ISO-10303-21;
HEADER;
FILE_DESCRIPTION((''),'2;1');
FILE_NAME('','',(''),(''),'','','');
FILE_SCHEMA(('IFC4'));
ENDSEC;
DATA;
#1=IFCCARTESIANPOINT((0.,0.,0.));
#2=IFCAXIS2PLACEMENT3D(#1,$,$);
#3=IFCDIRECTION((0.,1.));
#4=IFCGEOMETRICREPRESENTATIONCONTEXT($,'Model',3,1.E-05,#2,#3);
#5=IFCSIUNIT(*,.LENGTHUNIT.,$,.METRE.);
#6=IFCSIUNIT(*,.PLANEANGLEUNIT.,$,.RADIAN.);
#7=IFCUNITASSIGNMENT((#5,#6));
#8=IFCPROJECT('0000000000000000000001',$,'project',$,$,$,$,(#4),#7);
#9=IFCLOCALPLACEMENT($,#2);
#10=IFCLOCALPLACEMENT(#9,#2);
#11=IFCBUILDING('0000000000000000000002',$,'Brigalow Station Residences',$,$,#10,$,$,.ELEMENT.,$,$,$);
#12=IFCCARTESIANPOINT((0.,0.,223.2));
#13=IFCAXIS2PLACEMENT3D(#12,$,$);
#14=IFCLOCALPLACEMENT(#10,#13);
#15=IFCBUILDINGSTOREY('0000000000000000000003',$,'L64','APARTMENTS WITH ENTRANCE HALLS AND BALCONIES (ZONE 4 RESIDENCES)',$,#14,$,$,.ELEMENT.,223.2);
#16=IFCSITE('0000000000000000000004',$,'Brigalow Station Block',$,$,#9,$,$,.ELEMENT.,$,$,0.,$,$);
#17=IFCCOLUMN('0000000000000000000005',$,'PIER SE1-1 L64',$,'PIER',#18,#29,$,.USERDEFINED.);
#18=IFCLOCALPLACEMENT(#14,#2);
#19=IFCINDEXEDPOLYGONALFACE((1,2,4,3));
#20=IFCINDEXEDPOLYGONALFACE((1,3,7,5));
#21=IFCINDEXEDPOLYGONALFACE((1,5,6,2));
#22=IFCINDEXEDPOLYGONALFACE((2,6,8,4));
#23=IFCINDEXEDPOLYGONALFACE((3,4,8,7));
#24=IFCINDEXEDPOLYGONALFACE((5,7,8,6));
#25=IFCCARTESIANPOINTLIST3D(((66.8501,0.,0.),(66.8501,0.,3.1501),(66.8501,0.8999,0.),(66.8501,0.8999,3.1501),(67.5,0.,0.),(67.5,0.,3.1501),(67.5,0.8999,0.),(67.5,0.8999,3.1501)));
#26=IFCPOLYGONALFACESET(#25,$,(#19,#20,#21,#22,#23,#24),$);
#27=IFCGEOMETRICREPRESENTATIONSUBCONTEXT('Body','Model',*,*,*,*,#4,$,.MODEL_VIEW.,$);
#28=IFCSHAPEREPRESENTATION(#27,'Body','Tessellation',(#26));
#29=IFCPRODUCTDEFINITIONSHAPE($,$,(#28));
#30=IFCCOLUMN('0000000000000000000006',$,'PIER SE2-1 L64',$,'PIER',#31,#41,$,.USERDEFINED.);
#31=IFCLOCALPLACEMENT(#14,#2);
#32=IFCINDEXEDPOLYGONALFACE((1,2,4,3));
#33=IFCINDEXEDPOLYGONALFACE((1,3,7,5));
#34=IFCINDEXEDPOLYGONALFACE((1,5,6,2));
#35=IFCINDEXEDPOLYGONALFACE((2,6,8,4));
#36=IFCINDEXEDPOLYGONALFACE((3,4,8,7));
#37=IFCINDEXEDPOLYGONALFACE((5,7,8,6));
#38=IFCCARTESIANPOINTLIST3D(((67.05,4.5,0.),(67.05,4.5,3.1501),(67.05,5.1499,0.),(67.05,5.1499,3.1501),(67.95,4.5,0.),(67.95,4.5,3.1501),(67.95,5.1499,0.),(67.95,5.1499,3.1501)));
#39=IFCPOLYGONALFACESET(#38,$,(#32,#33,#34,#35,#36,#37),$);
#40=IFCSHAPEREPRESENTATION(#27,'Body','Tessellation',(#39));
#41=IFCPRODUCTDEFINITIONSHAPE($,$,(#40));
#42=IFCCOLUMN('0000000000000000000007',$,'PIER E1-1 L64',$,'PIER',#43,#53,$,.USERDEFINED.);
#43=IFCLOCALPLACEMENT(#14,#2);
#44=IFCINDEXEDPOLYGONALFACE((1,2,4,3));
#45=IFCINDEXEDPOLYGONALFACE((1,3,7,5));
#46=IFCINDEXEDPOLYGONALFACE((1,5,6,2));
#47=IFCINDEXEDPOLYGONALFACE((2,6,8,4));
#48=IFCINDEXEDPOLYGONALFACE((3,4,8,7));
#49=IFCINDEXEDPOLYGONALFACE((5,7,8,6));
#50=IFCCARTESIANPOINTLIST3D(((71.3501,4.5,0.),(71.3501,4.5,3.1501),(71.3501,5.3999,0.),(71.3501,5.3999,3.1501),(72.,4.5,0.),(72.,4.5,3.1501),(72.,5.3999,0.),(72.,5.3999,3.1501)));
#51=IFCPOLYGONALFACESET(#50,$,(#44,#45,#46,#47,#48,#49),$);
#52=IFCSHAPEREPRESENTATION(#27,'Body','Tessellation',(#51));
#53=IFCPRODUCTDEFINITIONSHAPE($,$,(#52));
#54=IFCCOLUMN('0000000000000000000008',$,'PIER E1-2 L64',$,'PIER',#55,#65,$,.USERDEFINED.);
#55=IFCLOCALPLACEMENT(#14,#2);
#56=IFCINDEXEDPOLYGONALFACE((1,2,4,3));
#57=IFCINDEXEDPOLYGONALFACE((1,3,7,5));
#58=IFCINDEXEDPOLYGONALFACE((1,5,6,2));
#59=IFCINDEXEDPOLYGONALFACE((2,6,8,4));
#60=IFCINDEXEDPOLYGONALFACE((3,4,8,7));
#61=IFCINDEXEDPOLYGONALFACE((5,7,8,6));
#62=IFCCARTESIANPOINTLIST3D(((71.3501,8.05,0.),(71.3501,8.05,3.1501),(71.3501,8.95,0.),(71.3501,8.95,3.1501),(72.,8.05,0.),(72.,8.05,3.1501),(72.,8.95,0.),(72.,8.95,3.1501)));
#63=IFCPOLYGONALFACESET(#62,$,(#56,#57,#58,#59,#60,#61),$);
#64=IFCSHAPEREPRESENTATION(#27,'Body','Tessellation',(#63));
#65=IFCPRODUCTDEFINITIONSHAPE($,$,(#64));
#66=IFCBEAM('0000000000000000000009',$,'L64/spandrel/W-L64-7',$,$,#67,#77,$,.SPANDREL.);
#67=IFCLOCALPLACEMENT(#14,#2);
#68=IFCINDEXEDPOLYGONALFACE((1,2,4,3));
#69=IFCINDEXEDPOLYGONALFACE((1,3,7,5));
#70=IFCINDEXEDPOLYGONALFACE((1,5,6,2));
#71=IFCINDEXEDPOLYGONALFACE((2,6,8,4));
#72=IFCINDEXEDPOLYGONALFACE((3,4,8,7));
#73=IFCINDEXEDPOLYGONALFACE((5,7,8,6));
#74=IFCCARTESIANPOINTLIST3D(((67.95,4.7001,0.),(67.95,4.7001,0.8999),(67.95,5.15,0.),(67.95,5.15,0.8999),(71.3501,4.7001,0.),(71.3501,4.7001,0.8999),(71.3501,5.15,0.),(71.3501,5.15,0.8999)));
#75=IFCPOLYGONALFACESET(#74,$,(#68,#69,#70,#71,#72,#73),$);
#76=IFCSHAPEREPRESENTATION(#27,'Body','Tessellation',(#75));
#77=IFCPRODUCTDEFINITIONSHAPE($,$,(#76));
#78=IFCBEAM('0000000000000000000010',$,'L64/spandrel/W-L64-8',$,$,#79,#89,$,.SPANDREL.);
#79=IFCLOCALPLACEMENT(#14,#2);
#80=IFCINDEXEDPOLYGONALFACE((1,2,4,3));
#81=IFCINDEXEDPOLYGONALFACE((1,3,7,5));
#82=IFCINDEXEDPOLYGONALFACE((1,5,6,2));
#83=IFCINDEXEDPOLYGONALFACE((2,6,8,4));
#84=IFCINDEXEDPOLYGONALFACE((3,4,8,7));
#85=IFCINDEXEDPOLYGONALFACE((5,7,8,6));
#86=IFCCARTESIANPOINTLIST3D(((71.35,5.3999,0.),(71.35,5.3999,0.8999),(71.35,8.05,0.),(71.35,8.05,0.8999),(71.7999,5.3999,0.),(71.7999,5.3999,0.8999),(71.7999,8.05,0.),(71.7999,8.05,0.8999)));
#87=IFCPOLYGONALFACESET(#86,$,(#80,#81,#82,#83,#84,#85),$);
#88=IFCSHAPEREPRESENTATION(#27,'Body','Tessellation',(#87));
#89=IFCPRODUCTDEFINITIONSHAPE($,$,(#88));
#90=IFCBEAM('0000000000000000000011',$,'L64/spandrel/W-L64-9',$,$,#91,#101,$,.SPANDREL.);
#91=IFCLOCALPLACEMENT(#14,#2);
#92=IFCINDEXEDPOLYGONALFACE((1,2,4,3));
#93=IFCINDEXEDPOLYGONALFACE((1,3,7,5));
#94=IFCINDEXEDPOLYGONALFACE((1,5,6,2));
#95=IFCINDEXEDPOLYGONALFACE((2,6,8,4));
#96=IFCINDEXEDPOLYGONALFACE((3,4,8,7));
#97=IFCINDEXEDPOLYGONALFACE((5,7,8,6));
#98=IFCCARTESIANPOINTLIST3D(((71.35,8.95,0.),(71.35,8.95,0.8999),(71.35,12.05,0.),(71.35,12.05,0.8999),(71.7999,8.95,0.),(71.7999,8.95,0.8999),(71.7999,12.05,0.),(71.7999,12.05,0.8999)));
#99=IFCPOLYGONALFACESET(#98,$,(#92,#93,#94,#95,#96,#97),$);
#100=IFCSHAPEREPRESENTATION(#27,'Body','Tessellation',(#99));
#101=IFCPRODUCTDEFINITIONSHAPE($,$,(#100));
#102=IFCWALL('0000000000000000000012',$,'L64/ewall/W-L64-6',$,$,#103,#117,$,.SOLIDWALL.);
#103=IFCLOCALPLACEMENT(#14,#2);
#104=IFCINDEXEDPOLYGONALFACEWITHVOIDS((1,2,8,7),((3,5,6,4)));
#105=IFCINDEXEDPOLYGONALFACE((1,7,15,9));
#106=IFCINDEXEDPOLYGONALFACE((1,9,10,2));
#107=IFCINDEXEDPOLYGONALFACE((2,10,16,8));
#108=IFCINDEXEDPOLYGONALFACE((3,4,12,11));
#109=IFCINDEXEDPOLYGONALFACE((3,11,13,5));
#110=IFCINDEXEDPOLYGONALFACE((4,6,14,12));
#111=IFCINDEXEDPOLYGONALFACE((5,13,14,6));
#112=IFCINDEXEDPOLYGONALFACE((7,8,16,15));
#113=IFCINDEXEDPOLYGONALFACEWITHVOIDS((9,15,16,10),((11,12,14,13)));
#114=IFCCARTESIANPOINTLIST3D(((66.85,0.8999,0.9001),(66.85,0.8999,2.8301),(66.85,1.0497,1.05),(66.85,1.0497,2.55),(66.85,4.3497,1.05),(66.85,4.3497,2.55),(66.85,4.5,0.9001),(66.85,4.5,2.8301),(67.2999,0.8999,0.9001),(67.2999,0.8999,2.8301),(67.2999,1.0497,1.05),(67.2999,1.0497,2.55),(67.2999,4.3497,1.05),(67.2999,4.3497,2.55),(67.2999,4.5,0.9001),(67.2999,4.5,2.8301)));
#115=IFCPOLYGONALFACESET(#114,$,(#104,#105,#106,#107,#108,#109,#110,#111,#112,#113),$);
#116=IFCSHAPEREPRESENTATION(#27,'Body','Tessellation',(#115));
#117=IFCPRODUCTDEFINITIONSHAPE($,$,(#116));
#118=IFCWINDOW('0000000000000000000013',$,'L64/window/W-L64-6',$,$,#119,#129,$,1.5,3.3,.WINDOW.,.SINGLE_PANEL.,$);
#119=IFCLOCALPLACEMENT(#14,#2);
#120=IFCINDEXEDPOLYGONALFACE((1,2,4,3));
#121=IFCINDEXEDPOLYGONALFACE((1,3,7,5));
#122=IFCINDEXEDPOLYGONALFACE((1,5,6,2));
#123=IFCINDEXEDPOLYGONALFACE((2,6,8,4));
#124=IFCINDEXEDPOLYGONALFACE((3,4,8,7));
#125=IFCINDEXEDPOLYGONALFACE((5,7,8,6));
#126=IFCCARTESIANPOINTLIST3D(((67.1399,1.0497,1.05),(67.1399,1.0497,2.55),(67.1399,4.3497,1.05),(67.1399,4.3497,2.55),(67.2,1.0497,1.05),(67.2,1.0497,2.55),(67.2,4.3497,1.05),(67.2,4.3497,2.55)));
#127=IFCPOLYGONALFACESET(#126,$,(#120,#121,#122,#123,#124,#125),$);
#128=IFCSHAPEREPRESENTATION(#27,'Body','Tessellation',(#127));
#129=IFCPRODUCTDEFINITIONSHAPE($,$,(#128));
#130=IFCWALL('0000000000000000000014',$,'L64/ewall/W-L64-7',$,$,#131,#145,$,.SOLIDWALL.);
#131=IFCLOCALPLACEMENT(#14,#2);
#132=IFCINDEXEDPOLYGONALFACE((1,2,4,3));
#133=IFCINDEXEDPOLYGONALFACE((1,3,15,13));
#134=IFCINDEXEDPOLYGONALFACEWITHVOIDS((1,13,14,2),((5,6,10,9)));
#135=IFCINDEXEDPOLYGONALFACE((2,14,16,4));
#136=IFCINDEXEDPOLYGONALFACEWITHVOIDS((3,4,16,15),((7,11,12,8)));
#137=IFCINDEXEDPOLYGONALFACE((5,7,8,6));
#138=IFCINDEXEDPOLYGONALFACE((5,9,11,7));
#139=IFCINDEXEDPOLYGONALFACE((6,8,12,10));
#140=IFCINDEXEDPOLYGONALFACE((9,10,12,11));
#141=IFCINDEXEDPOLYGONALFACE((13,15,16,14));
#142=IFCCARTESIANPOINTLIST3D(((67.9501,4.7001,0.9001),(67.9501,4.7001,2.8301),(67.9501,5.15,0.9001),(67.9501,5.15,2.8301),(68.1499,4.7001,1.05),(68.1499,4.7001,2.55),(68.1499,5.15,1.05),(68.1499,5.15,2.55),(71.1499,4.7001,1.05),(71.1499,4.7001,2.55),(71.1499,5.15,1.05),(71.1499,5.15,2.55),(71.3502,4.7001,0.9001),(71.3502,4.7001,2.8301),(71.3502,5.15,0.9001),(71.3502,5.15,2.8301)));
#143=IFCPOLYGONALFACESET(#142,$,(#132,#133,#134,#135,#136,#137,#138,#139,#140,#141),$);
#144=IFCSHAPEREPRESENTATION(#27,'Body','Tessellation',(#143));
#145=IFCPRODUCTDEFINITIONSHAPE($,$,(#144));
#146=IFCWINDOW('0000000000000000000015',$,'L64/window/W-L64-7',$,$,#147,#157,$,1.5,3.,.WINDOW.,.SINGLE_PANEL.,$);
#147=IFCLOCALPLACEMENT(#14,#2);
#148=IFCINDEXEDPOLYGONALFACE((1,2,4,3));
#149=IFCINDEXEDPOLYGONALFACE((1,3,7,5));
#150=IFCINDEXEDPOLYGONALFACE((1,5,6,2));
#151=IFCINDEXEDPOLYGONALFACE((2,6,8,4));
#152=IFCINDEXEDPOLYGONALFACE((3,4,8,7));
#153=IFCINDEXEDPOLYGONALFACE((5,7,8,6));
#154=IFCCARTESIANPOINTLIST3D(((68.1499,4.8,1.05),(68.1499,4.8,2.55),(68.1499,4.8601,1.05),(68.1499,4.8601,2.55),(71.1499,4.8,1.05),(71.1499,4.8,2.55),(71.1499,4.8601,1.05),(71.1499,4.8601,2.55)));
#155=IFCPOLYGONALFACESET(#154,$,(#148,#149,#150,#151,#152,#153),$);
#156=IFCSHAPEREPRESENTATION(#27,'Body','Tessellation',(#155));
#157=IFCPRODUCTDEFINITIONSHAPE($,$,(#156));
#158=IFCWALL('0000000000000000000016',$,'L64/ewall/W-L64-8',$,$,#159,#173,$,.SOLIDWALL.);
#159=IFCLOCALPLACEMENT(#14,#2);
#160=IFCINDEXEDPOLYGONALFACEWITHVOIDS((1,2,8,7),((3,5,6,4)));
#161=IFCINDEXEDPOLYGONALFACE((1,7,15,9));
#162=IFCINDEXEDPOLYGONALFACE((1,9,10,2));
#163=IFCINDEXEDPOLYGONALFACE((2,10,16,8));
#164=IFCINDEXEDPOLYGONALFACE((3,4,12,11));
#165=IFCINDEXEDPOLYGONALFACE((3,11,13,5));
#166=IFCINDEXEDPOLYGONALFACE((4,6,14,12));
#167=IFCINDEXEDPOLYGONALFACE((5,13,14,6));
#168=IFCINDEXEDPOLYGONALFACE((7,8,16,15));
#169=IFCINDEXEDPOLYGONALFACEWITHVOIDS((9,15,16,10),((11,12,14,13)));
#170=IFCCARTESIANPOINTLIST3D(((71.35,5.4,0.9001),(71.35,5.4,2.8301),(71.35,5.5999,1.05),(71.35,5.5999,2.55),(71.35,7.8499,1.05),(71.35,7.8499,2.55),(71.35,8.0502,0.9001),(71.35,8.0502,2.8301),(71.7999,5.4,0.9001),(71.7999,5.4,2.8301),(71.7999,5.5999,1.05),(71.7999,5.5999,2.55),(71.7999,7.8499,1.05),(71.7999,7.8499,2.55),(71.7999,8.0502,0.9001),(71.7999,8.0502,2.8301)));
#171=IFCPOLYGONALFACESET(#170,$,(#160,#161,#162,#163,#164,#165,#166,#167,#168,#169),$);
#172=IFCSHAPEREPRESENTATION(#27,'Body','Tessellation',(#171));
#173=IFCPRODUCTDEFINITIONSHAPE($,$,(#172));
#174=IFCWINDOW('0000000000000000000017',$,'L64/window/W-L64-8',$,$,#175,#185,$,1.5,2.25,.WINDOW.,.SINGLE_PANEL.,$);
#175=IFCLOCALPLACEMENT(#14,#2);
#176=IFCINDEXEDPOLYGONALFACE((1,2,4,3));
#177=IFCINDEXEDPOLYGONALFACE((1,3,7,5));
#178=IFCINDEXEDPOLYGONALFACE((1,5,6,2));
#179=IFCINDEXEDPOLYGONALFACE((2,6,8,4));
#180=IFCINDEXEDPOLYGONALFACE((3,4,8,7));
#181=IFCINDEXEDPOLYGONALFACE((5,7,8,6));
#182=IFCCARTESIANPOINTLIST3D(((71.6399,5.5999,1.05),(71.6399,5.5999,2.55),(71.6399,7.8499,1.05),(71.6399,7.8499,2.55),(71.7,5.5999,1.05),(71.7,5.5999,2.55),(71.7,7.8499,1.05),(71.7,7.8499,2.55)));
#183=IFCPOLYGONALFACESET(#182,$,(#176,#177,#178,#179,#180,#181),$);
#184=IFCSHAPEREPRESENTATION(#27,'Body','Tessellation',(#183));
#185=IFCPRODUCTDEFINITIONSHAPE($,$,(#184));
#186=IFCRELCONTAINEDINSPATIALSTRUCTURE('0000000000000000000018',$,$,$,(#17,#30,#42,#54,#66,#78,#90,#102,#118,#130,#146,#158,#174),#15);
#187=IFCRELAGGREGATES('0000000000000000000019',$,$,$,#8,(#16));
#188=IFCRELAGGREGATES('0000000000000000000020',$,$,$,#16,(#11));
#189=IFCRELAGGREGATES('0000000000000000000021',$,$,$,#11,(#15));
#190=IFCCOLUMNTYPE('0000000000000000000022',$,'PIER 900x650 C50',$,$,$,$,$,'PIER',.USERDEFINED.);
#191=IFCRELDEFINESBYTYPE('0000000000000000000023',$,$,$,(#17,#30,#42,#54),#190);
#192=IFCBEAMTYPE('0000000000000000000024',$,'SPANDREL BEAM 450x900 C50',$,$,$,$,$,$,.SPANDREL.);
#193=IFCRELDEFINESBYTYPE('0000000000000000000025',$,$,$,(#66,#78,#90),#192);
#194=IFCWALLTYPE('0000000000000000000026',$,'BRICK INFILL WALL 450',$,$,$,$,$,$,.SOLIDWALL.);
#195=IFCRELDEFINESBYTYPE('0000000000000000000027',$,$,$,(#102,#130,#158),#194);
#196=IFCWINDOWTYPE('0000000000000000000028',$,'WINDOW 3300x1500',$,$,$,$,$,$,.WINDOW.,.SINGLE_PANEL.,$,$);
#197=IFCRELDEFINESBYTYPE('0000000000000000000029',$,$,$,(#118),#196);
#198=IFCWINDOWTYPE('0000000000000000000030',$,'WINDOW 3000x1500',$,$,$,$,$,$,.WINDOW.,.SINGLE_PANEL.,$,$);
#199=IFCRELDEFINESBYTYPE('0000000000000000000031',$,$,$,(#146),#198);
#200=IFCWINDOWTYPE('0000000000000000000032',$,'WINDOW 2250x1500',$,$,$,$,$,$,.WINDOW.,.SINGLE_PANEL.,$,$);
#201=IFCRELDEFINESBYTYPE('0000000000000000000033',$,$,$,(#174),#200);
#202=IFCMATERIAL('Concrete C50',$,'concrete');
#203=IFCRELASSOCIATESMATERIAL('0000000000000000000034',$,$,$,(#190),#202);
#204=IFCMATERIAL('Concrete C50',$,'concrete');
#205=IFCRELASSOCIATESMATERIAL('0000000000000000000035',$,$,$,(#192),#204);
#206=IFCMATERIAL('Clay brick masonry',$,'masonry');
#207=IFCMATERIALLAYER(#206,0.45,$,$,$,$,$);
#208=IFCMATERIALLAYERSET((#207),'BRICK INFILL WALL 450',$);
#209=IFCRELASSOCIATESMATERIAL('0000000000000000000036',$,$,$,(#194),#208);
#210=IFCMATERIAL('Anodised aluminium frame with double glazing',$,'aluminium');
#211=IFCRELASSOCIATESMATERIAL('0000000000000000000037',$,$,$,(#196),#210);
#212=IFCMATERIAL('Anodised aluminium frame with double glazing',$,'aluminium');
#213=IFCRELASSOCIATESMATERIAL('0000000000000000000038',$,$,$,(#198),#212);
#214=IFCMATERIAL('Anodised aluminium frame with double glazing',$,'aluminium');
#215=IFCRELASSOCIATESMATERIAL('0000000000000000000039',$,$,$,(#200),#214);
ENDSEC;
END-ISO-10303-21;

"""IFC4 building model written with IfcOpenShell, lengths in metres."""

from ifc_helpers import new_model, si_unit, direction, frame, frame_2d, origin, origin_2d, place, context, subcontext, project, spatial, rectangle, extrude, material, layer, layer_set, material_profile, profile_set, type_object, element, fill, save


model = new_model("IFC4")

# Units and contexts
model_context = context("Model", 3, precision=1e-05, world=origin(), true_north=direction((0.0, 1.0)))
body_context = subcontext(model_context, "Body", "Model", "MODEL_VIEW")
ifc_project = project(units=[si_unit("LENGTHUNIT", "METRE"), si_unit("PLANEANGLEUNIT", "RADIAN")], contexts=[model_context])

# Site, building, storey
site_placement = place(None, origin())
site = spatial("IfcSite", under=ifc_project, at=site_placement, Name="Brigalow Station Block", CompositionType="ELEMENT", RefElevation=0.0)
building_placement = place(site_placement, origin())
building = spatial("IfcBuilding", under=site, at=building_placement, Name="Brigalow Station Residences", CompositionType="ELEMENT")
storey_placement = place(building_placement, frame((0.0, 0.0, 223.2)))
storey = spatial("IfcBuildingStorey", under=building, at=storey_placement, Name="L64", Description="APARTMENTS WITH ENTRANCE HALLS AND BALCONIES (ZONE 4 RESIDENCES)", CompositionType="ELEMENT", Elevation=223.2)

# Columns
ifc_material_1 = material(Name="Concrete C50", Category="concrete")
ifc_material_profile_1 = material_profile(ifc_material_1, rectangle(XDim=0.8999, YDim=0.6499, at=origin_2d()), Name="RC900x650")
ifc_profile_set_1 = profile_set([ifc_material_profile_1], Name="Concrete C50")
column_type = type_object("IfcColumnType", Name="PIER 900x650 C50", ElementType="PIER", PredefinedType="USERDEFINED", material=ifc_profile_set_1)
for number, where, z_axis, x_axis, name in (
    (1, (67.175, 0.45, 0.0), (0.0, 0.0, 1.0), (0.0, 1.0, 0.0), "PIER SE1-1 L64"),
    (2, (67.5, 4.825, 0.0), (0.0, 0.0, 1.0), (1.0, 0.0, 0.0), "PIER SE2-1 L64"),
    (3, (71.675, 4.95, 0.0), (0.0, 0.0, 1.0), (0.0, 1.0, 0.0), "PIER E1-1 L64"),
    (4, (71.675, 8.5, 0.0), (0.0, 0.0, 1.0), (0.0, 1.0, 0.0), "PIER E1-2 L64"),
):
    element("IfcColumn", number, at=place(storey_placement, frame(where, z_axis=z_axis, x_axis=x_axis)), inside=storey, type_object=column_type, Name=name, ObjectType="PIER", PredefinedType="USERDEFINED", context=body_context, shape_type="SweptSolid", body=[
        extrude(rectangle(XDim=0.8999, YDim=0.6499, at=origin_2d()), origin(), (0.0, 0.0, 1.0), 3.1501),
    ])

# Beams
ifc_material_2 = material(Name="Concrete C50", Category="concrete")
ifc_material_profile_2 = material_profile(ifc_material_2, rectangle(XDim=0.45, YDim=0.8999, at=origin_2d()), Name="RC450x900")
ifc_profile_set_2 = profile_set([ifc_material_profile_2], Name="Concrete C50")
beam_type = type_object("IfcBeamType", Name="SPANDREL BEAM 450x900 C50", PredefinedType="SPANDREL", material=ifc_profile_set_2)
beam_1_placement = place(storey_placement, frame((67.95, 4.925, 0.45), z_axis=(1.0, 0.0, 0.0), x_axis=(0.0, 1.0, 0.0)))
element("IfcBeam", 5, at=beam_1_placement, inside=storey, type_object=beam_type, Name="L64/spandrel/W-L64-7", PredefinedType="SPANDREL", context=body_context, shape_type="SweptSolid", body=[
    extrude(rectangle(XDim=0.45, YDim=0.8999, at=origin_2d()), origin(), (0.0, 0.0, 1.0), 3.4001),
])
beam_2_placement = place(storey_placement, frame((71.575, 5.3999, 0.45), z_axis=(0.0, 1.0, 0.0), x_axis=(-1.0, 0.0, 0.0)))
element("IfcBeam", 6, at=beam_2_placement, inside=storey, type_object=beam_type, Name="L64/spandrel/W-L64-8", PredefinedType="SPANDREL", context=body_context, shape_type="SweptSolid", body=[
    extrude(rectangle(XDim=0.45, YDim=0.8999, at=origin_2d()), origin(), (0.0, 0.0, 1.0), 2.6501),
])
beam_3_placement = place(storey_placement, frame((71.575, 8.95, 0.45), z_axis=(0.0, 1.0, 0.0), x_axis=(-1.0, 0.0, 0.0)))
element("IfcBeam", 7, at=beam_3_placement, inside=storey, type_object=beam_type, Name="L64/spandrel/W-L64-9", PredefinedType="SPANDREL", context=body_context, shape_type="SweptSolid", body=[
    extrude(rectangle(XDim=0.45, YDim=0.8999, at=origin_2d()), origin(), (0.0, 0.0, 1.0), 3.1001),
])

# Walls, openings, windows
ifc_material_3 = material(Name="Clay brick masonry", Category="masonry")
ifc_layer_1 = layer(ifc_material_3, 0.45)
ifc_layer_set_1 = layer_set([ifc_layer_1], Name="BRICK INFILL WALL 450")
wall_type_1 = type_object("IfcWallType", Name="BRICK INFILL WALL 450", PredefinedType="SOLIDWALL", material=ifc_layer_set_1)
wall_1_placement = place(storey_placement, frame((67.075, 0.8999, 0.9001), z_axis=(0.0, 0.0, 1.0), x_axis=(0.0, 1.0, 0.0)))
wall_1 = element("IfcWall", 8, at=wall_1_placement, inside=storey, type_object=wall_type_1, Name="L64/ewall/W-L64-6", PredefinedType="SOLIDWALL", context=body_context, shape_type="SweptSolid", body=[
    extrude(rectangle(XDim=3.6001, YDim=0.45, at=frame_2d((1.8, 0.0))), origin(), (0.0, 0.0, 1.0), 1.9299),
])
opening_1_placement = place(wall_1_placement, frame((0.1499, 0.0, 0.1499)))
opening_1 = element("IfcOpeningElement", 9, at=opening_1_placement, cuts=wall_1, PredefinedType="OPENING", context=body_context, shape_type="SweptSolid", body=[
    extrude(rectangle(XDim=3.3, YDim=1.5, at=frame_2d((1.6499, 0.75))), frame((0.0, 0.2349, 0.0), z_axis=(0.0, -1.0, 0.0), x_axis=(1.0, 0.0, 0.0)), (0.0, 0.0, 1.0), 0.47),
])
ifc_material_4 = material(Name="Anodised aluminium frame with double glazing", Category="aluminium")
window_type_1 = type_object("IfcWindowType", Name="WINDOW 3300x1500", PartitioningType="SINGLE_PANEL", PredefinedType="WINDOW", material=ifc_material_4)
window_1_placement = place(opening_1_placement, origin())
window_1 = element("IfcWindow", 10, at=window_1_placement, inside=storey, type_object=window_type_1, Name="L64/window/W-L64-6", OverallHeight=1.5, OverallWidth=3.3, PartitioningType="SINGLE_PANEL", PredefinedType="WINDOW", context=body_context, shape_type="SweptSolid", body=[
    extrude(rectangle(XDim=3.3, YDim=1.5, at=frame_2d((1.6499, 0.75))), frame((0.0, -0.0649, 0.0), z_axis=(0.0, -1.0, 0.0), x_axis=(1.0, 0.0, 0.0)), (0.0, 0.0, 1.0), 0.0601),
])
fill(opening_1, window_1)
wall_2_placement = place(storey_placement, frame((67.95, 4.925, 0.9001), z_axis=(0.0, 0.0, 1.0), x_axis=(1.0, 0.0, 0.0)))
wall_2 = element("IfcWall", 11, at=wall_2_placement, inside=storey, type_object=wall_type_1, Name="L64/ewall/W-L64-7", PredefinedType="SOLIDWALL", context=body_context, shape_type="SweptSolid", body=[
    extrude(rectangle(XDim=3.4001, YDim=0.45, at=frame_2d((1.7002, 0.0))), origin(), (0.0, 0.0, 1.0), 1.9299),
])
opening_2_placement = place(wall_2_placement, frame((0.2, 0.0, 0.1499)))
opening_2 = element("IfcOpeningElement", 12, at=opening_2_placement, cuts=wall_2, PredefinedType="OPENING", context=body_context, shape_type="SweptSolid", body=[
    extrude(rectangle(XDim=3.0, YDim=1.5, at=frame_2d((1.5, 0.75))), frame((0.0, 0.2349, 0.0), z_axis=(0.0, -1.0, 0.0), x_axis=(1.0, 0.0, 0.0)), (0.0, 0.0, 1.0), 0.47),
])
ifc_material_5 = material(Name="Anodised aluminium frame with double glazing", Category="aluminium")
window_type_2 = type_object("IfcWindowType", Name="WINDOW 3000x1500", PartitioningType="SINGLE_PANEL", PredefinedType="WINDOW", material=ifc_material_5)
window_2_placement = place(opening_2_placement, origin())
window_2 = element("IfcWindow", 13, at=window_2_placement, inside=storey, type_object=window_type_2, Name="L64/window/W-L64-7", OverallHeight=1.5, OverallWidth=3.0, PartitioningType="SINGLE_PANEL", PredefinedType="WINDOW", context=body_context, shape_type="SweptSolid", body=[
    extrude(rectangle(XDim=3.0, YDim=1.5, at=frame_2d((1.5, 0.75))), frame((0.0, -0.0649, 0.0), z_axis=(0.0, -1.0, 0.0), x_axis=(1.0, 0.0, 0.0)), (0.0, 0.0, 1.0), 0.0601),
])
fill(opening_2, window_2)
wall_3_placement = place(storey_placement, frame((71.575, 5.3999, 0.9001), z_axis=(0.0, 0.0, 1.0), x_axis=(0.0, 1.0, 0.0)))
wall_3 = element("IfcWall", 14, at=wall_3_placement, inside=storey, type_object=wall_type_1, Name="L64/ewall/W-L64-8", PredefinedType="SOLIDWALL", context=body_context, shape_type="SweptSolid", body=[
    extrude(rectangle(XDim=2.6501, YDim=0.45, at=frame_2d((1.3252, 0.0))), origin(), (0.0, 0.0, 1.0), 1.9299),
])
opening_3_placement = place(wall_3_placement, frame((0.2, 0.0, 0.1499)))
opening_3 = element("IfcOpeningElement", 15, at=opening_3_placement, cuts=wall_3, PredefinedType="OPENING", context=body_context, shape_type="SweptSolid", body=[
    extrude(rectangle(XDim=2.25, YDim=1.5, at=frame_2d((1.125, 0.75))), frame((0.0, 0.2349, 0.0), z_axis=(0.0, -1.0, 0.0), x_axis=(1.0, 0.0, 0.0)), (0.0, 0.0, 1.0), 0.47),
])
ifc_material_6 = material(Name="Anodised aluminium frame with double glazing", Category="aluminium")
window_type_3 = type_object("IfcWindowType", Name="WINDOW 2250x1500", PartitioningType="SINGLE_PANEL", PredefinedType="WINDOW", material=ifc_material_6)
window_3_placement = place(opening_3_placement, origin())
window_3 = element("IfcWindow", 16, at=window_3_placement, inside=storey, type_object=window_type_3, Name="L64/window/W-L64-8", OverallHeight=1.5, OverallWidth=2.25, PartitioningType="SINGLE_PANEL", PredefinedType="WINDOW", context=body_context, shape_type="SweptSolid", body=[
    extrude(rectangle(XDim=2.25, YDim=1.5, at=frame_2d((1.125, 0.75))), frame((0.0, -0.0649, 0.0), z_axis=(0.0, -1.0, 0.0), x_axis=(1.0, 0.0, 0.0)), (0.0, 0.0, 1.0), 0.0601),
])
fill(opening_3, window_3)

save(model, "model.ifc")
